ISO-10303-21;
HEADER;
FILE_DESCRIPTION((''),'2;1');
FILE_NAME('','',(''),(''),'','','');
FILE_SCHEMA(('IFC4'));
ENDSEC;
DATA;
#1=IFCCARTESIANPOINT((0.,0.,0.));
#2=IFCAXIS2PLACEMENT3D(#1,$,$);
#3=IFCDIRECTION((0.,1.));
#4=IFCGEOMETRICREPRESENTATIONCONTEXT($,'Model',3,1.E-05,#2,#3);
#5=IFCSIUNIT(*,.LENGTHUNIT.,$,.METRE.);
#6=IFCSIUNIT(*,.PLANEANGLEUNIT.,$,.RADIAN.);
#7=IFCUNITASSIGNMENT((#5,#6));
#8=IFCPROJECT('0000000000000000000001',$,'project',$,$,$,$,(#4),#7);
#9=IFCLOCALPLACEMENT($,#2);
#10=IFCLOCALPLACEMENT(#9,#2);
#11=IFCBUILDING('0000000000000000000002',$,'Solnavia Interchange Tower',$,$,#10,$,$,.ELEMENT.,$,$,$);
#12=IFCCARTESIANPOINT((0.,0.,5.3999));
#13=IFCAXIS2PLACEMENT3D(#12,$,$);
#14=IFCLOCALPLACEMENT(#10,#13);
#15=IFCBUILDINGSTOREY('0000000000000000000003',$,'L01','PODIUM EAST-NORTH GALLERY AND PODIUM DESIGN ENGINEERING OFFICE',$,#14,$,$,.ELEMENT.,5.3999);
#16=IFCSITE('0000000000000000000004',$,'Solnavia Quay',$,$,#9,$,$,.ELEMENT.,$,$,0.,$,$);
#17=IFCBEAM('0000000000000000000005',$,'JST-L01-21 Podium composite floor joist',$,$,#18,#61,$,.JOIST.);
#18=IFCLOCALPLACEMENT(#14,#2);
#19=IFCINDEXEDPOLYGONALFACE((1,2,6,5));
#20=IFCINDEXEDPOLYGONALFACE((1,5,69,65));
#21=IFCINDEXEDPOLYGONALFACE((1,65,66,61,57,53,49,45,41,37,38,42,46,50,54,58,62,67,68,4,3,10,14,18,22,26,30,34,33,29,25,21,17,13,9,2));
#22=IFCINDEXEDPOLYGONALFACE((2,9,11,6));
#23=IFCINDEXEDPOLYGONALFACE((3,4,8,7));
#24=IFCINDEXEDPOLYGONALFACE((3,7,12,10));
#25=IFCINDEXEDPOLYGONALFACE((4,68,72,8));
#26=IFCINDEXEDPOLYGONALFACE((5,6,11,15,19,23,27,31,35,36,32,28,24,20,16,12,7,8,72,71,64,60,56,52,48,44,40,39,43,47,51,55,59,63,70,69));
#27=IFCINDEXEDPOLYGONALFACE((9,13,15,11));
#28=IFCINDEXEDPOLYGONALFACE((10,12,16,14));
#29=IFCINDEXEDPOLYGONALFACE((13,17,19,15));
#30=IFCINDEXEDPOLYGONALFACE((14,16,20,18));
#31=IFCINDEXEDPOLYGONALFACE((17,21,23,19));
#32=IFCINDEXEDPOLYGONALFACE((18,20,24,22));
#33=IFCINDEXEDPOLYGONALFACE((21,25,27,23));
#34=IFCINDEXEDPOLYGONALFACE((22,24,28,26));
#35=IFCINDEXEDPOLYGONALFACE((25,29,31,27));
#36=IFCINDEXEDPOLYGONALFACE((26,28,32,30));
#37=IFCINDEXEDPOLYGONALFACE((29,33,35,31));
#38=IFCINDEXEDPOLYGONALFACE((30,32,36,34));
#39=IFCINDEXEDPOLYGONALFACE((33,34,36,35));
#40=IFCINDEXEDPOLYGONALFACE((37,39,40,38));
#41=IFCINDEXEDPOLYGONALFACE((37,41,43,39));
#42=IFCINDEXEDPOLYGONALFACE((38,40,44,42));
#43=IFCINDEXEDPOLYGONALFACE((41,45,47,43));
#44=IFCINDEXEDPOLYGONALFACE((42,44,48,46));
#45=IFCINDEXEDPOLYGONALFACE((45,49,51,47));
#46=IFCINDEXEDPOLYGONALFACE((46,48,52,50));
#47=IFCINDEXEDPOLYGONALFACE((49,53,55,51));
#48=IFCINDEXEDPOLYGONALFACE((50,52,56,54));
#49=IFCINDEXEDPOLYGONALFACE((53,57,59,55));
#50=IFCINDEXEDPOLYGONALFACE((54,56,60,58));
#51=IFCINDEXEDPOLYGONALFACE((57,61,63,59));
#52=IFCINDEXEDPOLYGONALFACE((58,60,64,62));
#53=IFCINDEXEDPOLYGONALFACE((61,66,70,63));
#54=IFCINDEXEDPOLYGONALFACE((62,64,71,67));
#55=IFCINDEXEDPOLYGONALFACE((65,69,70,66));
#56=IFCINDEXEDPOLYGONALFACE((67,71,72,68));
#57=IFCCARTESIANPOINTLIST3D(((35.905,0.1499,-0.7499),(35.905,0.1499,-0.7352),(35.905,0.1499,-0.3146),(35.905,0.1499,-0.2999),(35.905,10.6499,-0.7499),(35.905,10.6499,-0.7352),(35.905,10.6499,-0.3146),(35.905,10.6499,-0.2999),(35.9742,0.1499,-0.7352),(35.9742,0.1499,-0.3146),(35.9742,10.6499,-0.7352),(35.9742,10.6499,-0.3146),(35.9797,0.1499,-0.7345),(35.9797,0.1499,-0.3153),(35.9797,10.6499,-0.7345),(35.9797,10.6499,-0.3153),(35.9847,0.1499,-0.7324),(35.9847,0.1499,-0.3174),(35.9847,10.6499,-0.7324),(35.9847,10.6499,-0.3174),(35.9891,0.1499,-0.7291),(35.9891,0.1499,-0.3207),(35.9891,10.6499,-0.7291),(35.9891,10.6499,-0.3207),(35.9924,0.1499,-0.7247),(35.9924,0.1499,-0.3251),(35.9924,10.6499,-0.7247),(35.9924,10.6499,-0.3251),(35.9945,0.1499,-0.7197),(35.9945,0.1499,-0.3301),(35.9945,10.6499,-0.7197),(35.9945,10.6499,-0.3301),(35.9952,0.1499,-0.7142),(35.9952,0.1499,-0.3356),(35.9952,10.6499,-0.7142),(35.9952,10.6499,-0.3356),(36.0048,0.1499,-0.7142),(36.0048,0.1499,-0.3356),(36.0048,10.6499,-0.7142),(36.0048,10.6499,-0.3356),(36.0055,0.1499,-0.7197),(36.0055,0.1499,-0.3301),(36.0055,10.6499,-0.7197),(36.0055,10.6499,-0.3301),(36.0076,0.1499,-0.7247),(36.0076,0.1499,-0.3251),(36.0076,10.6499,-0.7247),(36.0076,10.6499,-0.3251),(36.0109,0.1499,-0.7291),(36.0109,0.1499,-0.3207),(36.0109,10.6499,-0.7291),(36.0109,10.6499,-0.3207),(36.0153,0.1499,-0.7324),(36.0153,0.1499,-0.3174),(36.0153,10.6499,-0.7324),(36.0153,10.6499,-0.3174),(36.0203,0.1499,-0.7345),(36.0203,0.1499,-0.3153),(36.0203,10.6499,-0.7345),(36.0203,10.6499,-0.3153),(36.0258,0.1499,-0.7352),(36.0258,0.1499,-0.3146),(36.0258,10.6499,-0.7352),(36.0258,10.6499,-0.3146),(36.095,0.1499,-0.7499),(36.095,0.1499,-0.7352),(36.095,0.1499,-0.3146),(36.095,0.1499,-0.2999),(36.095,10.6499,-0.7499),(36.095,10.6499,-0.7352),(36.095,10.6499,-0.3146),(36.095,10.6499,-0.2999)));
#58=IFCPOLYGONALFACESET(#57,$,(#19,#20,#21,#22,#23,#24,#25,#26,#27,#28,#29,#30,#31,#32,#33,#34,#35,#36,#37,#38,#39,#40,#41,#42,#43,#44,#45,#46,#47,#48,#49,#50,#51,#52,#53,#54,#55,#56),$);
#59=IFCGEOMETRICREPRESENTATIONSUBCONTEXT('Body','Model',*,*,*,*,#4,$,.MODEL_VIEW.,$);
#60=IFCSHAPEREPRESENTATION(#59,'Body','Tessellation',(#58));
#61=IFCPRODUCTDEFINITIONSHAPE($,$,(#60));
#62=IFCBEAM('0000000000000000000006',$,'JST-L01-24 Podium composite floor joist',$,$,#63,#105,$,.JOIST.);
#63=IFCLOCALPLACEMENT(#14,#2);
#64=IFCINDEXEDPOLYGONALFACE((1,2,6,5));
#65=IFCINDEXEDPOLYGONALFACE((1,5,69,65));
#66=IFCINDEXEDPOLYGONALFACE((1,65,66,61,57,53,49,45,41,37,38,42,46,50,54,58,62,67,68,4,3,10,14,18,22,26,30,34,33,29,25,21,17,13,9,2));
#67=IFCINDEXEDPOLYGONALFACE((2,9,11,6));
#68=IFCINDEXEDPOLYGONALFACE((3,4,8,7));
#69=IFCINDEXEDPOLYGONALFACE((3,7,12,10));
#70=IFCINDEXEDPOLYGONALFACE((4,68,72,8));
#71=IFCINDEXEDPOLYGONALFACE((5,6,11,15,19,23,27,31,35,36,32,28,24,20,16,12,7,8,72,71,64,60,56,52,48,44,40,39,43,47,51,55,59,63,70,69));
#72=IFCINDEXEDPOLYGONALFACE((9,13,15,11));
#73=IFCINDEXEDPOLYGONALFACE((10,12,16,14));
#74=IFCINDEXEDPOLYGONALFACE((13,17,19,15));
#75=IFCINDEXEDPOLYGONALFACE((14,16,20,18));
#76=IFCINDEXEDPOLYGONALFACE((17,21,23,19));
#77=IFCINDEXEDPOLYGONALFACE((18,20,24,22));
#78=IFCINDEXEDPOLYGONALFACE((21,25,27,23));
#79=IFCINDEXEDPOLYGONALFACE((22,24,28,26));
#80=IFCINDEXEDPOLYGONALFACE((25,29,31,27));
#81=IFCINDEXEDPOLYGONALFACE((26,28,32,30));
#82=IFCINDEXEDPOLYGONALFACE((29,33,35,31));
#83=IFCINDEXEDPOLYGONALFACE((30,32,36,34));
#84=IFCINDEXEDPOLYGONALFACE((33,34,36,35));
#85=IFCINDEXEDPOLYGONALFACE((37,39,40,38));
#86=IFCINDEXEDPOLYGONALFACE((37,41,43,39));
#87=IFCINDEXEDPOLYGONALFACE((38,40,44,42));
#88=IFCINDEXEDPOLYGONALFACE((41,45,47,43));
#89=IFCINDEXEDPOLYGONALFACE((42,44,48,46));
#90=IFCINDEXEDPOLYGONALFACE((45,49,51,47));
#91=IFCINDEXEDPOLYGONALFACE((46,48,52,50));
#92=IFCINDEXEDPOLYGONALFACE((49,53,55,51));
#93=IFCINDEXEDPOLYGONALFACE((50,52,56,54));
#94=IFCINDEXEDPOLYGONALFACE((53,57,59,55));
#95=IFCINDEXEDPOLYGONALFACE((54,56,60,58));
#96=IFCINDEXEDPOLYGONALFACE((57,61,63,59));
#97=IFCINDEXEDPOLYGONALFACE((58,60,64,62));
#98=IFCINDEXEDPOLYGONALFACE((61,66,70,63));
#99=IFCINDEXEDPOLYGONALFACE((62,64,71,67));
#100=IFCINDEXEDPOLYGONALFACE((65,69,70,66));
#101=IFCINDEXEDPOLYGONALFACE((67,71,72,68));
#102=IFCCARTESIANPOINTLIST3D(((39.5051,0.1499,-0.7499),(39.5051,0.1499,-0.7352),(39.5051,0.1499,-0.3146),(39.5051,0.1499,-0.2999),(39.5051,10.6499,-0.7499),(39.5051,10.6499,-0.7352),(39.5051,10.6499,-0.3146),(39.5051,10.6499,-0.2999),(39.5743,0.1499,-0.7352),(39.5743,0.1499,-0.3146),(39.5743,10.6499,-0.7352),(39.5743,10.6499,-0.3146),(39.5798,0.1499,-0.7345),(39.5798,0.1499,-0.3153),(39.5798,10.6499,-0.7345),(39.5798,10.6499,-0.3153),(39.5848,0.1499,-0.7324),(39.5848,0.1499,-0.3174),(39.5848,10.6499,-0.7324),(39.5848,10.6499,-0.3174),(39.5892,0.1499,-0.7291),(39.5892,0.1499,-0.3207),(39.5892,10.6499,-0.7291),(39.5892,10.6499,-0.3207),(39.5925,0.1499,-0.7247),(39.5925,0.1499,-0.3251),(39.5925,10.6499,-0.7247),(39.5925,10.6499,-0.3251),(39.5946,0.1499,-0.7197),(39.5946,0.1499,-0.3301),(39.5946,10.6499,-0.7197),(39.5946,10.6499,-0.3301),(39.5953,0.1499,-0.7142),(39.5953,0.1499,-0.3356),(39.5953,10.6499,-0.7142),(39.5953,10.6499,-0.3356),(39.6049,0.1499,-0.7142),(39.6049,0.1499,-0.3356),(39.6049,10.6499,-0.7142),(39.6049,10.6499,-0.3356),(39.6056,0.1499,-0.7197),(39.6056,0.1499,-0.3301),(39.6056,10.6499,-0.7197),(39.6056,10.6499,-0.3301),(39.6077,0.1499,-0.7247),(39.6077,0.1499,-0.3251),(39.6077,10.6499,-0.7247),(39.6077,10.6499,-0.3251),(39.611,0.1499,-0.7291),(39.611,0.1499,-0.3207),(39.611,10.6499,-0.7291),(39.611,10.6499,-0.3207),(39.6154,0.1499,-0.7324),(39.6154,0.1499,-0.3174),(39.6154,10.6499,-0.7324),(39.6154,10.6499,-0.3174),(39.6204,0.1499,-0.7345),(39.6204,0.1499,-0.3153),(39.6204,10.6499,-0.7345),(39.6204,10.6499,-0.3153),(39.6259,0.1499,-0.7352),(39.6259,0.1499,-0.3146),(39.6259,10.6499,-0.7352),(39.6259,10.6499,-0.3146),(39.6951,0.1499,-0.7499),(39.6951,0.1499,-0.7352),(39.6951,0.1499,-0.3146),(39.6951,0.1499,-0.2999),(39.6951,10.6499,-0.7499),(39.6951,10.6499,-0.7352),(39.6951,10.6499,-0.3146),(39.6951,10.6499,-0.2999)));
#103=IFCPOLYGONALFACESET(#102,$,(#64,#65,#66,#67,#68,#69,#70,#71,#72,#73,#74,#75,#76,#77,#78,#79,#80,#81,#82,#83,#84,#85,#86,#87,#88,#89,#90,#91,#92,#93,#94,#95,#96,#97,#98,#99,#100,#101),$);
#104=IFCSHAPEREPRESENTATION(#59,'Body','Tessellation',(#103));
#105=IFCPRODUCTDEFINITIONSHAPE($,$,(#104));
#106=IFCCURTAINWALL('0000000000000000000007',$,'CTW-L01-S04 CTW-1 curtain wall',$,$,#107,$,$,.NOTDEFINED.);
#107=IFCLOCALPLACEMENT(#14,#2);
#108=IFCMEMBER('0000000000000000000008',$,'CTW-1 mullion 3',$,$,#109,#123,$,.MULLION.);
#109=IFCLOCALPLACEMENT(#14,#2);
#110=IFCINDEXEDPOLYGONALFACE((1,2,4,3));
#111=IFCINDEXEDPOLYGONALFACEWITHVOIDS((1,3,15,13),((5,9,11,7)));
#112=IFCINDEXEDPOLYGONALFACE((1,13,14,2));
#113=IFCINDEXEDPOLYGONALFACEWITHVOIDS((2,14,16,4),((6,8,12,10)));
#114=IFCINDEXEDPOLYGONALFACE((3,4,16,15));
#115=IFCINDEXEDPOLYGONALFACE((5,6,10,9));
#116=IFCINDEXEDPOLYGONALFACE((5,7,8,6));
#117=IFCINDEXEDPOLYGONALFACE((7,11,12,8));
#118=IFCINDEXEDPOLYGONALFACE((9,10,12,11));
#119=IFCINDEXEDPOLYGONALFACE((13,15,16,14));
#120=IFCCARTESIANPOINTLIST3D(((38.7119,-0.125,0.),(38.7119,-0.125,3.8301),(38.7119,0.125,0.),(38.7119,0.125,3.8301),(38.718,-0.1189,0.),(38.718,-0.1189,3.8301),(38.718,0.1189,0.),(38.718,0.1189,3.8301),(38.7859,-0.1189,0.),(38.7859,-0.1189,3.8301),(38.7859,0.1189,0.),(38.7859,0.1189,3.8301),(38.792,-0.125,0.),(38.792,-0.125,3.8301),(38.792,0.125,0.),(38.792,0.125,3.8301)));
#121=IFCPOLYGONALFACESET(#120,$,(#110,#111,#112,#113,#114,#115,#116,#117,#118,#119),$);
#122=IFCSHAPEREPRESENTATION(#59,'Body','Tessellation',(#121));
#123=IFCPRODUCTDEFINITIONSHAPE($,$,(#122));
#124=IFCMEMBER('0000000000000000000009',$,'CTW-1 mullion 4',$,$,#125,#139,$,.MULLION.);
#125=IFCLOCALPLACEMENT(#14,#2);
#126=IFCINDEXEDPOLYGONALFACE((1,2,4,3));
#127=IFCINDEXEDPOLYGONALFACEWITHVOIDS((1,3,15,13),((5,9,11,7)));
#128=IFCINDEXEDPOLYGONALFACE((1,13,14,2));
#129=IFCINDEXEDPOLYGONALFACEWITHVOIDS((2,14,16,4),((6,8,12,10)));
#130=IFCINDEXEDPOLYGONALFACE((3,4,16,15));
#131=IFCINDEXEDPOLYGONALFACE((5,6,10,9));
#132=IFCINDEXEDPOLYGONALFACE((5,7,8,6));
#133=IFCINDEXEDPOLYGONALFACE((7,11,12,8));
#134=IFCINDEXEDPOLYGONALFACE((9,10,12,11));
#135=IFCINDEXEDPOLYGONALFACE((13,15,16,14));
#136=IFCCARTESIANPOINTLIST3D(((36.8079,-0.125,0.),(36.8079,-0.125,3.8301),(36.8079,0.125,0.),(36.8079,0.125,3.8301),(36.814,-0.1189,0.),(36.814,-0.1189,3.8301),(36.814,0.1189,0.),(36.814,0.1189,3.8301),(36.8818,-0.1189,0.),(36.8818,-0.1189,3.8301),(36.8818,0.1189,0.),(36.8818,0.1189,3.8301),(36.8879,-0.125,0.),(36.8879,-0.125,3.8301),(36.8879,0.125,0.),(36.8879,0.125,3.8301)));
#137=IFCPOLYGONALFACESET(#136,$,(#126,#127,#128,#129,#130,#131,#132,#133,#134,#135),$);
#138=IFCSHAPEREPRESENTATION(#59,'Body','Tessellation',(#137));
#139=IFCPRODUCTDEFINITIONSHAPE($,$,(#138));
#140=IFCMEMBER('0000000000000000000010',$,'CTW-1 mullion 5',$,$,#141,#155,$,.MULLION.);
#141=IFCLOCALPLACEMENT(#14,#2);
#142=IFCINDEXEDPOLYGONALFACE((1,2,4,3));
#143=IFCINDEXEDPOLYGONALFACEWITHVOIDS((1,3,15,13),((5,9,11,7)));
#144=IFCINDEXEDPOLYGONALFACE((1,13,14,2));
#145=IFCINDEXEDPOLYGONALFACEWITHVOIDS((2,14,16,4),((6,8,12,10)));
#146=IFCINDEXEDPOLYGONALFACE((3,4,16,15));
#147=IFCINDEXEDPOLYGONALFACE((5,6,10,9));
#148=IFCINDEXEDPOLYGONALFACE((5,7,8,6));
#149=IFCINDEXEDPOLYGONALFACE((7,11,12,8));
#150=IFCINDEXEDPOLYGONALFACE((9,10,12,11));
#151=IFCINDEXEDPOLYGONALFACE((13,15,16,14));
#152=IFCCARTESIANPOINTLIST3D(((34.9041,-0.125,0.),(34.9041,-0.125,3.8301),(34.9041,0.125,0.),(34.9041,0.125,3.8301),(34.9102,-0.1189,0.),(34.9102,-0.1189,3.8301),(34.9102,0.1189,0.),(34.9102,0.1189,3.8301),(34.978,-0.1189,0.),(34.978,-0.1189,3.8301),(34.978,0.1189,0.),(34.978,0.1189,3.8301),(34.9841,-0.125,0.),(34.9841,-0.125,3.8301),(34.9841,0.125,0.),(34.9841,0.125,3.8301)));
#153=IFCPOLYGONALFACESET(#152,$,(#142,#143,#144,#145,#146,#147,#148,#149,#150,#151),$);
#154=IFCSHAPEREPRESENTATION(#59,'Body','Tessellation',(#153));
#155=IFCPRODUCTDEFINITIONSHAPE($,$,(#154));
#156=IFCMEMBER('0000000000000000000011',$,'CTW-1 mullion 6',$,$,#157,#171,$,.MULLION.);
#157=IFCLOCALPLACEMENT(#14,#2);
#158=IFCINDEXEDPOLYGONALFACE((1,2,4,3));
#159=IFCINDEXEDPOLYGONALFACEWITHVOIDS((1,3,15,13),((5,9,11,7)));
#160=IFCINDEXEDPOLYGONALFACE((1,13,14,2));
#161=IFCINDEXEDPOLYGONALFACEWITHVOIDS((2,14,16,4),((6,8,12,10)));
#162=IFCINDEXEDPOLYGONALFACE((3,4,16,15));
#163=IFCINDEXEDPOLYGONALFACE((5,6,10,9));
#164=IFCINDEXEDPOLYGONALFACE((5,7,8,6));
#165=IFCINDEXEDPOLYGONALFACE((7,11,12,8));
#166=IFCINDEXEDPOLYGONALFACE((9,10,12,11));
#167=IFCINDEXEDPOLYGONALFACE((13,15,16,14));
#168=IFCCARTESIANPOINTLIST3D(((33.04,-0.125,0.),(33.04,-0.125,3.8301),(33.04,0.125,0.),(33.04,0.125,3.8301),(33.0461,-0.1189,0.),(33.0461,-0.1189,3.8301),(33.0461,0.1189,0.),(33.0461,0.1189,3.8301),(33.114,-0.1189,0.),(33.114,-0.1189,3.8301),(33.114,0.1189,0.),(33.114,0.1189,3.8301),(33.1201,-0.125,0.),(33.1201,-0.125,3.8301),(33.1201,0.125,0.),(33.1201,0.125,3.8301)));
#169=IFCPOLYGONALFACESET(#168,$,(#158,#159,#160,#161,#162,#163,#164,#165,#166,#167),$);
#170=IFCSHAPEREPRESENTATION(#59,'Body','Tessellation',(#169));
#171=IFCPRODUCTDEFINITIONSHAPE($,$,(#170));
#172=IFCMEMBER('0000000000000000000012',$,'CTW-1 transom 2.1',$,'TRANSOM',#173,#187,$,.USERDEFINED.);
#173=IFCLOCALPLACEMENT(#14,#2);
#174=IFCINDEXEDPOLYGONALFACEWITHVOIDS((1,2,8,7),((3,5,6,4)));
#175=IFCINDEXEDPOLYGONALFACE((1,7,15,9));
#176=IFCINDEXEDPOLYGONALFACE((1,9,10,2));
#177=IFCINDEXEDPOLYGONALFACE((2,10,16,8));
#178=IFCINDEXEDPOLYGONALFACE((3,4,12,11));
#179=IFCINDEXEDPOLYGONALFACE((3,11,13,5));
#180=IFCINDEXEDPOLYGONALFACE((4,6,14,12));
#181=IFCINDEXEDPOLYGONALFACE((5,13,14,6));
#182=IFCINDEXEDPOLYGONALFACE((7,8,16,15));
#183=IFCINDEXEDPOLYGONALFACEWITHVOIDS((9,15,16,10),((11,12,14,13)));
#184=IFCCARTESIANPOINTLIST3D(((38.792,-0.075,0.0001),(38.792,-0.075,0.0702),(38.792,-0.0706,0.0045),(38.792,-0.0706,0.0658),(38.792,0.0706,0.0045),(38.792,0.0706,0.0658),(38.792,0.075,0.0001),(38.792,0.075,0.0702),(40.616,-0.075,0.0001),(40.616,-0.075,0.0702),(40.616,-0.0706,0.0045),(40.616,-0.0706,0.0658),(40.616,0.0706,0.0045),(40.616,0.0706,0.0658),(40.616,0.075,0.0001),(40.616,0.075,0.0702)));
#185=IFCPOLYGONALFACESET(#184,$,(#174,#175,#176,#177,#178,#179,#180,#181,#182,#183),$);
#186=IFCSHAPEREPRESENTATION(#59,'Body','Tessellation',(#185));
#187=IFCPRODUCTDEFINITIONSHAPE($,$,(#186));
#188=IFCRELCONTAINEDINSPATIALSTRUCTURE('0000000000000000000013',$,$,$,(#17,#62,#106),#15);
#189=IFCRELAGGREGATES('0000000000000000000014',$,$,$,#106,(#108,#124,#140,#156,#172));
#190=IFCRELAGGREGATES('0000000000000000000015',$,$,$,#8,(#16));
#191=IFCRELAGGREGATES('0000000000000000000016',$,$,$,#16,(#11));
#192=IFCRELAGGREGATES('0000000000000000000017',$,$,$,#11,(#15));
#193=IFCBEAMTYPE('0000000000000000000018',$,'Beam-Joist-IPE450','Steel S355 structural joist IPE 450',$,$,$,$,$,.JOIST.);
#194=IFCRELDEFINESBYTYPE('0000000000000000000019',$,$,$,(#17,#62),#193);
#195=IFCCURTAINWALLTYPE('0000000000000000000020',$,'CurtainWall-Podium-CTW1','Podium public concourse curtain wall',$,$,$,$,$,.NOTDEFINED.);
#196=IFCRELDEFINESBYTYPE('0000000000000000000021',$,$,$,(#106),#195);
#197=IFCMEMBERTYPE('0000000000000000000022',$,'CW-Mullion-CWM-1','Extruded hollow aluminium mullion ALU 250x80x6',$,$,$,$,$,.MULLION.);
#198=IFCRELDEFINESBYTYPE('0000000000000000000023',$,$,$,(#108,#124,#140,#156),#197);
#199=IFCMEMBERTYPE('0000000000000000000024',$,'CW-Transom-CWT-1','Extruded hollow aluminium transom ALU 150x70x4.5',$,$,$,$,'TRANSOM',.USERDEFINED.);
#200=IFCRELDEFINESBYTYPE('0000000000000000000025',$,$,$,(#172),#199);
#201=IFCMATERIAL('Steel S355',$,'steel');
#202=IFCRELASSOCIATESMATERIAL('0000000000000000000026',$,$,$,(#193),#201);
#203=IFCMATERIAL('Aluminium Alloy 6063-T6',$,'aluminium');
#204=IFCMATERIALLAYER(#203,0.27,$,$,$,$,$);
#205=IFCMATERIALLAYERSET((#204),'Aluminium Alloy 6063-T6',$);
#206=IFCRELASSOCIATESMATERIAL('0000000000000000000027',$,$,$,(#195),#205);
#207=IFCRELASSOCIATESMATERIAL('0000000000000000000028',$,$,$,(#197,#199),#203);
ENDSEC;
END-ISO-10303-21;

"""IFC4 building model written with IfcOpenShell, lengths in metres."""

from ifc_helpers import new_model, si_unit, direction, frame, origin, origin_2d, place, context, subcontext, project, spatial, hollow_rectangle, i_section, extrude, material, layer, layer_set, material_profile, profile_set, type_object, element, aggregate, save


model = new_model("IFC4")

# Units and contexts
model_context = context("Model", 3, precision=1e-05, world=origin(), true_north=direction((0.0, 1.0)))
body_context = subcontext(model_context, "Body", "Model", "MODEL_VIEW")
ifc_project = project(units=[si_unit("LENGTHUNIT", "METRE"), si_unit("PLANEANGLEUNIT", "RADIAN")], contexts=[model_context])

# Site, building, storey
site_placement = place(None, origin())
site = spatial("IfcSite", under=ifc_project, at=site_placement, Name="Solnavia Quay", CompositionType="ELEMENT", RefElevation=0.0)
building_placement = place(site_placement, origin())
building = spatial("IfcBuilding", under=site, at=building_placement, Name="Solnavia Interchange Tower", CompositionType="ELEMENT")
storey_placement = place(building_placement, frame((0.0, 0.0, 5.3999)))
storey = spatial("IfcBuildingStorey", under=building, at=storey_placement, Name="L01", Description="PODIUM EAST-NORTH GALLERY AND PODIUM DESIGN ENGINEERING OFFICE", CompositionType="ELEMENT", Elevation=5.3999)

# Beams
ifc_material_1 = material(Name="Steel S355", Category="steel")
ifc_material_profile_1 = material_profile(ifc_material_1, i_section(OverallWidth=0.1899, OverallDepth=0.45, WebThickness=0.0095, FlangeThickness=0.0146, FilletRadius=0.021, at=origin_2d()), Name="IPE 450")
ifc_profile_set_1 = profile_set([ifc_material_profile_1], Name="Steel S355")
beam_type = type_object("IfcBeamType", Name="Beam-Joist-IPE450", Description="Steel S355 structural joist IPE 450", PredefinedType="JOIST", material=ifc_profile_set_1)
for number, where, z_axis, x_axis, name in (
    (1, (36.0, 0.1499, -0.5249), (0.0, 1.0, 0.0), (-1.0, 0.0, 0.0), "JST-L01-21 Podium composite floor joist"),
    (2, (39.6001, 0.1499, -0.5249), (0.0, 1.0, 0.0), (-1.0, 0.0, 0.0), "JST-L01-24 Podium composite floor joist"),
):
    element("IfcBeam", number, at=place(storey_placement, frame(where, z_axis=z_axis, x_axis=x_axis)), inside=storey, type_object=beam_type, Name=name, PredefinedType="JOIST", context=body_context, shape_type="SweptSolid", body=[
        extrude(i_section(OverallWidth=0.1899, OverallDepth=0.45, WebThickness=0.0095, FlangeThickness=0.0146, FilletRadius=0.021, at=origin_2d()), origin(), (0.0, 0.0, 1.0), 10.5),
    ])

# Curtain wall, members
ifc_material_2 = material(Name="Aluminium Alloy 6063-T6", Category="aluminium")
ifc_layer_1 = layer(ifc_material_2, 0.27)
ifc_layer_set_1 = layer_set([ifc_layer_1], Name="Aluminium Alloy 6063-T6")
curtain_wall_type = type_object("IfcCurtainWallType", Name="CurtainWall-Podium-CTW1", Description="Podium public concourse curtain wall", PredefinedType="NOTDEFINED", material=ifc_layer_set_1)
curtain_wall_placement = place(storey_placement, origin())
curtain_wall = element("IfcCurtainWall", 3, at=curtain_wall_placement, inside=storey, type_object=curtain_wall_type, Name="CTW-L01-S04 CTW-1 curtain wall", PredefinedType="NOTDEFINED")
ifc_material_profile_2 = material_profile(ifc_material_2, hollow_rectangle(XDim=0.0801, YDim=0.25, WallThickness=0.0061, at=origin_2d()), Name="ALU 250x80x6")
ifc_profile_set_2 = profile_set([ifc_material_profile_2], Name="Aluminium Alloy 6063-T6")
member_type_1 = type_object("IfcMemberType", Name="CW-Mullion-CWM-1", Description="Extruded hollow aluminium mullion ALU 250x80x6", PredefinedType="MULLION", material=ifc_profile_set_2)
member_1_placement = place(storey_placement, frame((38.752, 0.0, 0.0), z_axis=(0.0, 0.0, 1.0), x_axis=(-1.0, 0.0, 0.0)))
member_1 = element("IfcMember", 4, at=member_1_placement, type_object=member_type_1, Name="CTW-1 mullion 3", PredefinedType="MULLION", context=body_context, shape_type="SweptSolid", body=[
    extrude(hollow_rectangle(XDim=0.0801, YDim=0.25, WallThickness=0.0061, at=origin_2d()), origin(), (0.0, 0.0, 1.0), 3.8301),
])
member_2_placement = place(storey_placement, frame((36.8479, 0.0, 0.0), z_axis=(0.0, 0.0, 1.0), x_axis=(-1.0, 0.0, 0.0)))
member_2 = element("IfcMember", 5, at=member_2_placement, type_object=member_type_1, Name="CTW-1 mullion 4", PredefinedType="MULLION", context=body_context, shape_type="SweptSolid", body=[
    extrude(hollow_rectangle(XDim=0.0801, YDim=0.25, WallThickness=0.0061, at=origin_2d()), origin(), (0.0, 0.0, 1.0), 3.8301),
])
member_3_placement = place(storey_placement, frame((34.9441, 0.0, 0.0), z_axis=(0.0, 0.0, 1.0), x_axis=(-1.0, 0.0, 0.0)))
member_3 = element("IfcMember", 6, at=member_3_placement, type_object=member_type_1, Name="CTW-1 mullion 5", PredefinedType="MULLION", context=body_context, shape_type="SweptSolid", body=[
    extrude(hollow_rectangle(XDim=0.0801, YDim=0.25, WallThickness=0.0061, at=origin_2d()), origin(), (0.0, 0.0, 1.0), 3.8301),
])
member_4_placement = place(storey_placement, frame((33.0801, 0.0, 0.0), z_axis=(0.0, 0.0, 1.0), x_axis=(-1.0, 0.0, 0.0)))
member_4 = element("IfcMember", 7, at=member_4_placement, type_object=member_type_1, Name="CTW-1 mullion 6", PredefinedType="MULLION", context=body_context, shape_type="SweptSolid", body=[
    extrude(hollow_rectangle(XDim=0.0801, YDim=0.25, WallThickness=0.0061, at=origin_2d()), origin(), (0.0, 0.0, 1.0), 3.8301),
])
ifc_material_profile_3 = material_profile(ifc_material_2, hollow_rectangle(XDim=0.0701, YDim=0.1499, WallThickness=0.0044, at=origin_2d()), Name="ALU 150x70x4.5")
ifc_profile_set_3 = profile_set([ifc_material_profile_3], Name="Aluminium Alloy 6063-T6")
member_type_2 = type_object("IfcMemberType", Name="CW-Transom-CWT-1", Description="Extruded hollow aluminium transom ALU 150x70x4.5", ElementType="TRANSOM", PredefinedType="USERDEFINED", material=ifc_profile_set_3)
member_5_placement = place(storey_placement, frame((40.616, 0.0, 0.0352), z_axis=(-1.0, 0.0, 0.0), x_axis=(0.0, 0.0, 1.0)))
member_5 = element("IfcMember", 8, at=member_5_placement, type_object=member_type_2, Name="CTW-1 transom 2.1", ObjectType="TRANSOM", PredefinedType="USERDEFINED", context=body_context, shape_type="SweptSolid", body=[
    extrude(hollow_rectangle(XDim=0.0701, YDim=0.1499, WallThickness=0.0044, at=origin_2d()), origin(), (0.0, 0.0, 1.0), 1.824),
])
aggregate(curtain_wall, [member_1, member_2, member_3, member_4, member_5])

save(model, "model.ifc")
